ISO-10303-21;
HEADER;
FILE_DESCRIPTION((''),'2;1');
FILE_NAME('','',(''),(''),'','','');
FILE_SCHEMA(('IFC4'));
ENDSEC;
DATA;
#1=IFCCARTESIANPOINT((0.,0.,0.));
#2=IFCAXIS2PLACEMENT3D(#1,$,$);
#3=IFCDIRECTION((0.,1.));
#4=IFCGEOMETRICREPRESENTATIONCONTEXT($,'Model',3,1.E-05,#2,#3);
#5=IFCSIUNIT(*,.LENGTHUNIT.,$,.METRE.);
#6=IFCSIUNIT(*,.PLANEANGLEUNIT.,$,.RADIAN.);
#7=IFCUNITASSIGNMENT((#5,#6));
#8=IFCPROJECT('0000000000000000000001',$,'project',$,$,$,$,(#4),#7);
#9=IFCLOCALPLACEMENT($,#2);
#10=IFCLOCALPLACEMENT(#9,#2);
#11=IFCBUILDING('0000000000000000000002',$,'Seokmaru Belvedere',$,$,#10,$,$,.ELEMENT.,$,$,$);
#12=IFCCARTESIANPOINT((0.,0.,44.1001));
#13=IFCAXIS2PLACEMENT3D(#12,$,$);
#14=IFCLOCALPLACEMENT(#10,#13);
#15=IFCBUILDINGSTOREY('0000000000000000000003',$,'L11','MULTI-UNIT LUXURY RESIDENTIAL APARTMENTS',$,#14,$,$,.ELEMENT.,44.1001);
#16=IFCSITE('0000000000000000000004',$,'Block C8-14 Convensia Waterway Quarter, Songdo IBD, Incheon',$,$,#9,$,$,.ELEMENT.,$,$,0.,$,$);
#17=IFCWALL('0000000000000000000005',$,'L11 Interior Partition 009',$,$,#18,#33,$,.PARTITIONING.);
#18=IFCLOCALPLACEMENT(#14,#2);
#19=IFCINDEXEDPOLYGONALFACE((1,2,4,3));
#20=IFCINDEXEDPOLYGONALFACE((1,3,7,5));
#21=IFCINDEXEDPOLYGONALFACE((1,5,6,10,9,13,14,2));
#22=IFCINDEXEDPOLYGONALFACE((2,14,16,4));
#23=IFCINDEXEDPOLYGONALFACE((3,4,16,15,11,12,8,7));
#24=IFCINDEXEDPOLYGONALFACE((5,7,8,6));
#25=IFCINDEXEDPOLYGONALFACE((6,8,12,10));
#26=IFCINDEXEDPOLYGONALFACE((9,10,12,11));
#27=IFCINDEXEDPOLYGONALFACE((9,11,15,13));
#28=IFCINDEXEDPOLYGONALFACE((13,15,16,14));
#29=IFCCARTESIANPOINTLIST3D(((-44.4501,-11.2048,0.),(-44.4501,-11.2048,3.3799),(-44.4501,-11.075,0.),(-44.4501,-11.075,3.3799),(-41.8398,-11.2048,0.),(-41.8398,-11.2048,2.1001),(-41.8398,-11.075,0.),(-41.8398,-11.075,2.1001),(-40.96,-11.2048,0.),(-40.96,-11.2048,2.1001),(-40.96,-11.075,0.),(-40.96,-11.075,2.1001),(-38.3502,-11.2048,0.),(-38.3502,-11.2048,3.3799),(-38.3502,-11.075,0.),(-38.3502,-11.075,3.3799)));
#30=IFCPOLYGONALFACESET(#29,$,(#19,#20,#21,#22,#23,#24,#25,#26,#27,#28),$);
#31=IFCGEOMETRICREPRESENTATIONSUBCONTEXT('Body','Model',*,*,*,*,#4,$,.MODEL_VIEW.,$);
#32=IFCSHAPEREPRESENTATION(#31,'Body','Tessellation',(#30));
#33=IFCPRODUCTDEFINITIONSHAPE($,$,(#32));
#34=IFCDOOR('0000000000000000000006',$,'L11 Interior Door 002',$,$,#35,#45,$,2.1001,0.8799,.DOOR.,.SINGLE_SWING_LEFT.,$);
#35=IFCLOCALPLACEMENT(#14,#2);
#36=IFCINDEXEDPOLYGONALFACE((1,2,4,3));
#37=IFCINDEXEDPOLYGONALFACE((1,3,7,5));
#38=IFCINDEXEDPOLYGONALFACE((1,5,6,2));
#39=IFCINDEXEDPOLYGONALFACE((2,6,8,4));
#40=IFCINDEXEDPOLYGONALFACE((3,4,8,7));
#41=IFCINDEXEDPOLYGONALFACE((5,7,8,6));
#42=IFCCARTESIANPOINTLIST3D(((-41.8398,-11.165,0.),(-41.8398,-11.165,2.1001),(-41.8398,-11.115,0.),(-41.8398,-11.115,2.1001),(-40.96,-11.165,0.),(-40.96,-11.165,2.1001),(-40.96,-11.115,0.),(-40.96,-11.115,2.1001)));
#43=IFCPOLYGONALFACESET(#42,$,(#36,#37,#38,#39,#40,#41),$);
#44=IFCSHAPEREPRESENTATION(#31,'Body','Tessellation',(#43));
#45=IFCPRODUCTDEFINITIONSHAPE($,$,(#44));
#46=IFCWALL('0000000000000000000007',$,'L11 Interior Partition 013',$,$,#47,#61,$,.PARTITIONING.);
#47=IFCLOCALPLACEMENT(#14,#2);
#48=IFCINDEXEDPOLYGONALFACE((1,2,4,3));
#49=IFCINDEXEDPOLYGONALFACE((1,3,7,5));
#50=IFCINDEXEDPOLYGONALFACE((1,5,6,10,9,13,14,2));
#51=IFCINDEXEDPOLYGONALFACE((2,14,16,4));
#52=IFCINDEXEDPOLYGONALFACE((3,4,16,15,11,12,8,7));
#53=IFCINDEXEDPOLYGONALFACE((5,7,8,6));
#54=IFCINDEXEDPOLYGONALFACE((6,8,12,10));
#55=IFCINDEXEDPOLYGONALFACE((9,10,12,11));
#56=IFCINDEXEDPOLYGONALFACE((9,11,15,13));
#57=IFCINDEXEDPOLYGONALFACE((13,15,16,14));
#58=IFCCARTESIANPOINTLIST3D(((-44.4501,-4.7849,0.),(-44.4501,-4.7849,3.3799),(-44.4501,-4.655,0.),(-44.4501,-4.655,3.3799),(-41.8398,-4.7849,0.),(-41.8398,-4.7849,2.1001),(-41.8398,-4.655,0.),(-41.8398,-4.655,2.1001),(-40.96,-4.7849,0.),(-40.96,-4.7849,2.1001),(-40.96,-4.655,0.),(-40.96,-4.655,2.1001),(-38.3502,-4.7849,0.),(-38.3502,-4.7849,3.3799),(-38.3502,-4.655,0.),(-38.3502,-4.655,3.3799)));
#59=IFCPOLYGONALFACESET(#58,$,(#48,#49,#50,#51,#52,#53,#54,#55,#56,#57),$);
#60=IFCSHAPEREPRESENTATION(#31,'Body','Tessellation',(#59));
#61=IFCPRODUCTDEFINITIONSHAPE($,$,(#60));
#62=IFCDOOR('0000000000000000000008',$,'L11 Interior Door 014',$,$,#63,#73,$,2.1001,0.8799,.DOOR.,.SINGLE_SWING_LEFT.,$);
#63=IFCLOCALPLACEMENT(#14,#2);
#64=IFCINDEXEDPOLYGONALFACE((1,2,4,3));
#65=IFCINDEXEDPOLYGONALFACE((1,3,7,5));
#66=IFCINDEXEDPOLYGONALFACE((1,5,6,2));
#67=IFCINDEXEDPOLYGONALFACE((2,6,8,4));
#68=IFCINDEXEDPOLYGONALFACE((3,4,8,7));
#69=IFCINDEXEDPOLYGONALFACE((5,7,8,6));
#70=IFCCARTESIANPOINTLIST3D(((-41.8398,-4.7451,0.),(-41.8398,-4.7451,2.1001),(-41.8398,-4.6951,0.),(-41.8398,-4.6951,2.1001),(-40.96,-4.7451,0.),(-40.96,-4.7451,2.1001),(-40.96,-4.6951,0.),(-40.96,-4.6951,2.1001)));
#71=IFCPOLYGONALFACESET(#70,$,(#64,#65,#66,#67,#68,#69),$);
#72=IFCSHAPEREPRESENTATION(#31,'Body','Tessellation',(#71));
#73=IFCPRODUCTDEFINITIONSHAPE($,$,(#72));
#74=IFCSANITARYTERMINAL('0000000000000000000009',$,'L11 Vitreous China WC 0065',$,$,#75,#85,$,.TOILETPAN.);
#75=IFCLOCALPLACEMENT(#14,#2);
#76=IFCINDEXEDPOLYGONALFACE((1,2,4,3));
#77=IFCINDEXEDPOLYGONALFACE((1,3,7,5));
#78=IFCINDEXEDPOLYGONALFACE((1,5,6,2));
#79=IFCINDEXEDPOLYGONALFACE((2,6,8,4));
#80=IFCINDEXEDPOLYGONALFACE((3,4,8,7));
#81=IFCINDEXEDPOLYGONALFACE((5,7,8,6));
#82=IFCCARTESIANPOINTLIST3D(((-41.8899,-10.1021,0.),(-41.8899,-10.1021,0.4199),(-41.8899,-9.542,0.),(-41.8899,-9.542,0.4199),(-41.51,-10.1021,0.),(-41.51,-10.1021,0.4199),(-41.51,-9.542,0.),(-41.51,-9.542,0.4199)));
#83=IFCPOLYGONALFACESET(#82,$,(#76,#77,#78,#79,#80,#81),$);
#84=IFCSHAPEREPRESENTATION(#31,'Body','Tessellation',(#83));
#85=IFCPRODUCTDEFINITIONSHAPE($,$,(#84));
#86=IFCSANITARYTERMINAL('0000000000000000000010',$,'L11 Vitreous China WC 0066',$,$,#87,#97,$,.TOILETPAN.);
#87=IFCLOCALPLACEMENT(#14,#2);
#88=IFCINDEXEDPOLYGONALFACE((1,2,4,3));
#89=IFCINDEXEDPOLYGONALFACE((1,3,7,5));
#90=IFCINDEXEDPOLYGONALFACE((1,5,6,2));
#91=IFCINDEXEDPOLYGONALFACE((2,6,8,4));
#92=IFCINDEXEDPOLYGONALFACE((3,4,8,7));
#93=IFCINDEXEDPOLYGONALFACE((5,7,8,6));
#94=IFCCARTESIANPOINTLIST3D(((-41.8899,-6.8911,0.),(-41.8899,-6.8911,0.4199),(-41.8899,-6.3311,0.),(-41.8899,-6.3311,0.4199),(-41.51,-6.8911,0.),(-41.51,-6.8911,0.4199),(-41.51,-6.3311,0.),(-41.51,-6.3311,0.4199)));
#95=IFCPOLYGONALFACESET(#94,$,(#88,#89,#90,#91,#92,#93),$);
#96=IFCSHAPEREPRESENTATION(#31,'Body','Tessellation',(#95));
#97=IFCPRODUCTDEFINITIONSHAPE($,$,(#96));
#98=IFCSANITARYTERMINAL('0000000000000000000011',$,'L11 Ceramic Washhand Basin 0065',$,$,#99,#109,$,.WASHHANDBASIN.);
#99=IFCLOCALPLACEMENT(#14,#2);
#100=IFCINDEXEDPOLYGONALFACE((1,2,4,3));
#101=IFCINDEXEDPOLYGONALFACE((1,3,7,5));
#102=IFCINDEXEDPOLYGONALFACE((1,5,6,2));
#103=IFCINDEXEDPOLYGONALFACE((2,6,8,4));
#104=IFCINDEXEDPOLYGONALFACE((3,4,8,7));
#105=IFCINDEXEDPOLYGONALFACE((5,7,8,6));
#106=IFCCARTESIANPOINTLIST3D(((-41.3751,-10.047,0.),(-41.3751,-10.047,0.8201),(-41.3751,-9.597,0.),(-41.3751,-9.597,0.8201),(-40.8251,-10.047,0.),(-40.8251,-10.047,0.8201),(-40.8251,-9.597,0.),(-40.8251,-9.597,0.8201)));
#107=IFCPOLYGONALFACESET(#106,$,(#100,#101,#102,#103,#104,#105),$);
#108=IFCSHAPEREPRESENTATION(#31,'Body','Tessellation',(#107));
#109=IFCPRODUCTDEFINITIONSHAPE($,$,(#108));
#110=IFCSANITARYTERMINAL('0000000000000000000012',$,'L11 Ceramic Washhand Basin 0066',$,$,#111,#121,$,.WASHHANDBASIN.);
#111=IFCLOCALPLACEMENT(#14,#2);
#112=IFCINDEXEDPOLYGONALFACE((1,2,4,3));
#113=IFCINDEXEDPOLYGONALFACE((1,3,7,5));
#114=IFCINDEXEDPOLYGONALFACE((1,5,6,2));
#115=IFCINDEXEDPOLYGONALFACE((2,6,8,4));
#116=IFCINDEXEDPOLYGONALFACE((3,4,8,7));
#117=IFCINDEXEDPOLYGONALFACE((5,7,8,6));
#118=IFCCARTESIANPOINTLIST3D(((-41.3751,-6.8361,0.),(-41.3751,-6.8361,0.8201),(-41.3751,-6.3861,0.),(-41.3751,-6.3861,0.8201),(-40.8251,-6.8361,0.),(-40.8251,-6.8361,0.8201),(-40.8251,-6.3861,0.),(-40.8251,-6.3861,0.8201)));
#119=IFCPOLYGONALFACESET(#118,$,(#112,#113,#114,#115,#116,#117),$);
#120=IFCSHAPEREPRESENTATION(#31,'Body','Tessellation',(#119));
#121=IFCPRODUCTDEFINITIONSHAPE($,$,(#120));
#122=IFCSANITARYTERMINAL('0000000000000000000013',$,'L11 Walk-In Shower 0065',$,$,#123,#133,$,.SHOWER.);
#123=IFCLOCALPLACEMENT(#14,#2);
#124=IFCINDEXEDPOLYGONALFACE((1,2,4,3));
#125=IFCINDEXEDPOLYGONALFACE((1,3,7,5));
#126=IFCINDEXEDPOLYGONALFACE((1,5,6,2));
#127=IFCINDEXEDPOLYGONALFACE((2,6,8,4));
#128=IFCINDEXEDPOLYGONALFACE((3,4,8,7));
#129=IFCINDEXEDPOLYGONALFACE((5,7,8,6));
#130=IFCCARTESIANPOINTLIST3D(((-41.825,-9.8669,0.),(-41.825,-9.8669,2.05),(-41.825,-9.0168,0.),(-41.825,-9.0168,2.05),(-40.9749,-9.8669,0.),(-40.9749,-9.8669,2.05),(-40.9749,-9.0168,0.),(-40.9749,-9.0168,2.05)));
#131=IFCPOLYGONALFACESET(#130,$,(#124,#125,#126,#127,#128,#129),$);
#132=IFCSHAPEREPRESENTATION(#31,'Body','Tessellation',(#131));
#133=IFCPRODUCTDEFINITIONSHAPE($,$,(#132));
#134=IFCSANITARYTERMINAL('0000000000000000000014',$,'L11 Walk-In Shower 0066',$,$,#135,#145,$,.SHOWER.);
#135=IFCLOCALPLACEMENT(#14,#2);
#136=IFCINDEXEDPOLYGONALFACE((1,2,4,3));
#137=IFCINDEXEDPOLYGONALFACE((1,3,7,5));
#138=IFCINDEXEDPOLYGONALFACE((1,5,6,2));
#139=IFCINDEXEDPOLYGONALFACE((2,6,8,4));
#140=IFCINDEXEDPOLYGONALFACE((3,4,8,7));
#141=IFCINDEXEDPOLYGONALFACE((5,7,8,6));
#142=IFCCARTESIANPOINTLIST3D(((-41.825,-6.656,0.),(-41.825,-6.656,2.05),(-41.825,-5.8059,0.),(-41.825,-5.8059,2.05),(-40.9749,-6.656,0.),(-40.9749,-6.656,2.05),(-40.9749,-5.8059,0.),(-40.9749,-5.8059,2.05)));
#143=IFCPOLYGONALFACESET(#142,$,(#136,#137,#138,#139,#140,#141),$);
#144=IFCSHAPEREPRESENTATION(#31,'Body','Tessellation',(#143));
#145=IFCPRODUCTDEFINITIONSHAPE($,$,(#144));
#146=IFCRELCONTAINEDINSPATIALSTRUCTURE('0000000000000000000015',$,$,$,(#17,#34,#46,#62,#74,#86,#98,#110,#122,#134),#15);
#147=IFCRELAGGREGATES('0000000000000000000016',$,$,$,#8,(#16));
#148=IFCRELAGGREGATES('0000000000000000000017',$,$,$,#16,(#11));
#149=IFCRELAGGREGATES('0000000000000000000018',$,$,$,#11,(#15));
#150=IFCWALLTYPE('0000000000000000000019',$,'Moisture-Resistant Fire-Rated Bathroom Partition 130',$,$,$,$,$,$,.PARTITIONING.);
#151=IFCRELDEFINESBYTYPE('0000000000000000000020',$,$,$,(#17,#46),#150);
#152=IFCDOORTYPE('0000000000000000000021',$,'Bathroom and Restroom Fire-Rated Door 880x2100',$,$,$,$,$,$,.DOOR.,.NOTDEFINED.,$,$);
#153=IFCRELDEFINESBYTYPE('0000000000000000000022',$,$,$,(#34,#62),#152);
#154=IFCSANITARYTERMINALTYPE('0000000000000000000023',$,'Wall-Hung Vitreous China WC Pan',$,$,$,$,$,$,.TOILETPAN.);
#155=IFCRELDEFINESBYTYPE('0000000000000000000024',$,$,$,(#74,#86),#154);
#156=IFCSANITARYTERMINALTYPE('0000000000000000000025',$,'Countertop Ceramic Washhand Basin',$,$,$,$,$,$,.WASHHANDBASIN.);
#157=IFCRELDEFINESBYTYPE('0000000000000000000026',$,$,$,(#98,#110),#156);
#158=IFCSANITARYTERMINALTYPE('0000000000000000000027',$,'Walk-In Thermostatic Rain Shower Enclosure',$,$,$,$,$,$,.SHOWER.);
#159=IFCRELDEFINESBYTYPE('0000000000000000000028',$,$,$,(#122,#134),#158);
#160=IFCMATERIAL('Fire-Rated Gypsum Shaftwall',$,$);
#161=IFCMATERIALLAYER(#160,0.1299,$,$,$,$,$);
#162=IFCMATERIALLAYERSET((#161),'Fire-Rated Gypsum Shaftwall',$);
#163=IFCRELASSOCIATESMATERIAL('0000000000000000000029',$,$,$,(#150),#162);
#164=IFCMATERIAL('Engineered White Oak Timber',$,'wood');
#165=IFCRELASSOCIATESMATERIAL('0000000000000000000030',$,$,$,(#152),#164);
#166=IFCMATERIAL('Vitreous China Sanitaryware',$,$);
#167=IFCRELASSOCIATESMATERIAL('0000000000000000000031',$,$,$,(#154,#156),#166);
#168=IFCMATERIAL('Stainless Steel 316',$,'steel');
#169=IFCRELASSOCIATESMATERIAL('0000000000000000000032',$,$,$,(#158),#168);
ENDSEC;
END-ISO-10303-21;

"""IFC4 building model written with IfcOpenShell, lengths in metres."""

from ifc_helpers import new_model, si_unit, direction, frame, frame_2d, origin, origin_2d, place, context, subcontext, project, spatial, rectangle, extrude, source, transform, mapped, material, layer, layer_set, type_object, type_shapes, element, fill, save


model = new_model("IFC4")

# Units and contexts
model_context = context("Model", 3, precision=1e-05, world=origin(), true_north=direction((0.0, 1.0)))
body_context = subcontext(model_context, "Body", "Model", "MODEL_VIEW")
ifc_project = project(units=[si_unit("LENGTHUNIT", "METRE"), si_unit("PLANEANGLEUNIT", "RADIAN")], contexts=[model_context])

# Site, building, storey
site_placement = place(None, origin())
site = spatial("IfcSite", under=ifc_project, at=site_placement, Name="Block C8-14 Convensia Waterway Quarter, Songdo IBD, Incheon", CompositionType="ELEMENT", RefElevation=0.0)
building_placement = place(site_placement, origin())
building = spatial("IfcBuilding", under=site, at=building_placement, Name="Seokmaru Belvedere", CompositionType="ELEMENT")
storey_placement = place(building_placement, frame((0.0, 0.0, 44.1001)))
storey = spatial("IfcBuildingStorey", under=building, at=storey_placement, Name="L11", Description="MULTI-UNIT LUXURY RESIDENTIAL APARTMENTS", CompositionType="ELEMENT", Elevation=44.1001)

# Walls, openings, doors
ifc_material_1 = material(Name="Fire-Rated Gypsum Shaftwall")
ifc_layer = layer(ifc_material_1, 0.1299)
ifc_layer_set = layer_set([ifc_layer], Name="Fire-Rated Gypsum Shaftwall")
wall_type = type_object("IfcWallType", Name="Moisture-Resistant Fire-Rated Bathroom Partition 130", PredefinedType="PARTITIONING", material=ifc_layer_set)
wall_1_placement = place(storey_placement, frame((-44.45, -11.1399, 0.0), z_axis=(0.0, 0.0, 1.0), x_axis=(1.0, 0.0, 0.0)))
wall_1 = element("IfcWall", 1, at=wall_1_placement, inside=storey, type_object=wall_type, Name="L11 Interior Partition 009", PredefinedType="PARTITIONING", context=body_context, shape_type="SweptSolid", body=[
    extrude(rectangle(XDim=6.0999, YDim=0.1299, at=frame_2d((3.0498, 0.0))), origin(), (0.0, 0.0, 1.0), 3.3799),
])
opening_1_placement = place(wall_1_placement, frame((2.6101, 0.0, 0.0)))
opening_1 = element("IfcOpeningElement", 2, at=opening_1_placement, cuts=wall_1, PredefinedType="OPENING", context=body_context, shape_type="SweptSolid", body=[
    extrude(rectangle(XDim=0.8799, YDim=2.1001, at=frame_2d((0.4399, 1.05))), frame((0.0, 0.075, 0.0), z_axis=(0.0, -1.0, 0.0), x_axis=(1.0, 0.0, 0.0)), (0.0, 0.0, 1.0), 0.1499),
])
ifc_material_2 = material(Name="Engineered White Oak Timber", Category="wood")
door_type = type_object("IfcDoorType", Name="Bathroom and Restroom Fire-Rated Door 880x2100", OperationType="NOTDEFINED", PredefinedType="DOOR", material=ifc_material_2)
shared_shape_1 = source(origin(), body_context, "Body", "SweptSolid", [
    extrude(rectangle(XDim=0.8799, YDim=2.1001, at=frame_2d((0.4399, 1.05))), frame((0.0, 0.0249, 0.0), z_axis=(0.0, -1.0, 0.0), x_axis=(1.0, 0.0, 0.0)), (0.0, 0.0, 1.0), 0.05),
])
type_shapes(door_type, [shared_shape_1])
door_1_placement = place(opening_1_placement, origin())
door_1 = element("IfcDoor", 3, at=door_1_placement, inside=storey, type_object=door_type, Name="L11 Interior Door 002", OperationType="SINGLE_SWING_LEFT", OverallHeight=2.1001, OverallWidth=0.8799, PredefinedType="DOOR", context=body_context, shape_type="MappedRepresentation", body=[
    mapped(shared_shape_1, transform((0.0, 0.0, 0.0), scale=1.0)),
])
fill(opening_1, door_1)
wall_2_placement = place(storey_placement, frame((-44.45, -4.72, 0.0), z_axis=(0.0, 0.0, 1.0), x_axis=(1.0, 0.0, 0.0)))
wall_2 = element("IfcWall", 4, at=wall_2_placement, inside=storey, type_object=wall_type, Name="L11 Interior Partition 013", PredefinedType="PARTITIONING", context=body_context, shape_type="SweptSolid", body=[
    extrude(rectangle(XDim=6.0999, YDim=0.1299, at=frame_2d((3.0498, 0.0))), origin(), (0.0, 0.0, 1.0), 3.3799),
])
opening_2_placement = place(wall_2_placement, frame((2.6101, 0.0, 0.0)))
opening_2 = element("IfcOpeningElement", 5, at=opening_2_placement, cuts=wall_2, PredefinedType="OPENING", context=body_context, shape_type="SweptSolid", body=[
    extrude(rectangle(XDim=0.8799, YDim=2.1001, at=frame_2d((0.4399, 1.05))), frame((0.0, 0.075, 0.0), z_axis=(0.0, -1.0, 0.0), x_axis=(1.0, 0.0, 0.0)), (0.0, 0.0, 1.0), 0.1499),
])
door_2_placement = place(opening_2_placement, origin())
door_2 = element("IfcDoor", 6, at=door_2_placement, inside=storey, type_object=door_type, Name="L11 Interior Door 014", OperationType="SINGLE_SWING_LEFT", OverallHeight=2.1001, OverallWidth=0.8799, PredefinedType="DOOR", context=body_context, shape_type="MappedRepresentation", body=[
    mapped(shared_shape_1, transform((0.0, 0.0, 0.0), scale=1.0)),
])
fill(opening_2, door_2)

# Sanitary terminals
ifc_material_3 = material(Name="Vitreous China Sanitaryware")
sanitary_terminal_type_1 = type_object("IfcSanitaryTerminalType", Name="Wall-Hung Vitreous China WC Pan", PredefinedType="TOILETPAN", material=ifc_material_3)
shared_shape_2 = source(origin(), body_context, "Body", "SweptSolid", [
    extrude(rectangle(XDim=0.3799, YDim=0.5601, at=origin_2d()), origin(), (0.0, 0.0, 1.0), 0.4199),
])
type_shapes(sanitary_terminal_type_1, [shared_shape_2])
for number, where, z_axis, x_axis, name in (
    (7, (-41.7, -9.822, 0.0), (0.0, 0.0, 1.0), (1.0, 0.0, 0.0), "L11 Vitreous China WC 0065"),
    (8, (-41.7, -6.6111, 0.0), (0.0, 0.0, 1.0), (1.0, 0.0, 0.0), "L11 Vitreous China WC 0066"),
):
    element("IfcSanitaryTerminal", number, at=place(storey_placement, frame(where, z_axis=z_axis, x_axis=x_axis)), inside=storey, type_object=sanitary_terminal_type_1, Name=name, PredefinedType="TOILETPAN", context=body_context, shape_type="MappedRepresentation", body=[
        mapped(shared_shape_2, transform((0.0, 0.0, 0.0), scale=1.0)),
    ])
sanitary_terminal_type_2 = type_object("IfcSanitaryTerminalType", Name="Countertop Ceramic Washhand Basin", PredefinedType="WASHHANDBASIN", material=ifc_material_3)
shared_shape_3 = source(origin(), body_context, "Body", "SweptSolid", [
    extrude(rectangle(XDim=0.55, YDim=0.45, at=origin_2d()), origin(), (0.0, 0.0, 1.0), 0.8201),
])
type_shapes(sanitary_terminal_type_2, [shared_shape_3])
for number, where, z_axis, x_axis, name in (
    (9, (-41.1001, -9.822, 0.0), (0.0, 0.0, 1.0), (1.0, 0.0, 0.0), "L11 Ceramic Washhand Basin 0065"),
    (10, (-41.1001, -6.6111, 0.0), (0.0, 0.0, 1.0), (1.0, 0.0, 0.0), "L11 Ceramic Washhand Basin 0066"),
):
    element("IfcSanitaryTerminal", number, at=place(storey_placement, frame(where, z_axis=z_axis, x_axis=x_axis)), inside=storey, type_object=sanitary_terminal_type_2, Name=name, PredefinedType="WASHHANDBASIN", context=body_context, shape_type="MappedRepresentation", body=[
        mapped(shared_shape_3, transform((0.0, 0.0, 0.0), scale=1.0)),
    ])
ifc_material_4 = material(Name="Stainless Steel 316", Category="steel")
sanitary_terminal_type_3 = type_object("IfcSanitaryTerminalType", Name="Walk-In Thermostatic Rain Shower Enclosure", PredefinedType="SHOWER", material=ifc_material_4)
shared_shape_4 = source(origin(), body_context, "Body", "SweptSolid", [
    extrude(rectangle(XDim=0.8501, YDim=0.8501, at=origin_2d()), origin(), (0.0, 0.0, 1.0), 2.05),
])
type_shapes(sanitary_terminal_type_3, [shared_shape_4])
for number, where, z_axis, x_axis, name in (
    (11, (-41.3999, -9.4419, 0.0), (0.0, 0.0, 1.0), (1.0, 0.0, 0.0), "L11 Walk-In Shower 0065"),
    (12, (-41.3999, -6.231, 0.0), (0.0, 0.0, 1.0), (1.0, 0.0, 0.0), "L11 Walk-In Shower 0066"),
):
    element("IfcSanitaryTerminal", number, at=place(storey_placement, frame(where, z_axis=z_axis, x_axis=x_axis)), inside=storey, type_object=sanitary_terminal_type_3, Name=name, PredefinedType="SHOWER", context=body_context, shape_type="MappedRepresentation", body=[
        mapped(shared_shape_4, transform((0.0, 0.0, 0.0), scale=1.0)),
    ])

save(model, "model.ifc")
